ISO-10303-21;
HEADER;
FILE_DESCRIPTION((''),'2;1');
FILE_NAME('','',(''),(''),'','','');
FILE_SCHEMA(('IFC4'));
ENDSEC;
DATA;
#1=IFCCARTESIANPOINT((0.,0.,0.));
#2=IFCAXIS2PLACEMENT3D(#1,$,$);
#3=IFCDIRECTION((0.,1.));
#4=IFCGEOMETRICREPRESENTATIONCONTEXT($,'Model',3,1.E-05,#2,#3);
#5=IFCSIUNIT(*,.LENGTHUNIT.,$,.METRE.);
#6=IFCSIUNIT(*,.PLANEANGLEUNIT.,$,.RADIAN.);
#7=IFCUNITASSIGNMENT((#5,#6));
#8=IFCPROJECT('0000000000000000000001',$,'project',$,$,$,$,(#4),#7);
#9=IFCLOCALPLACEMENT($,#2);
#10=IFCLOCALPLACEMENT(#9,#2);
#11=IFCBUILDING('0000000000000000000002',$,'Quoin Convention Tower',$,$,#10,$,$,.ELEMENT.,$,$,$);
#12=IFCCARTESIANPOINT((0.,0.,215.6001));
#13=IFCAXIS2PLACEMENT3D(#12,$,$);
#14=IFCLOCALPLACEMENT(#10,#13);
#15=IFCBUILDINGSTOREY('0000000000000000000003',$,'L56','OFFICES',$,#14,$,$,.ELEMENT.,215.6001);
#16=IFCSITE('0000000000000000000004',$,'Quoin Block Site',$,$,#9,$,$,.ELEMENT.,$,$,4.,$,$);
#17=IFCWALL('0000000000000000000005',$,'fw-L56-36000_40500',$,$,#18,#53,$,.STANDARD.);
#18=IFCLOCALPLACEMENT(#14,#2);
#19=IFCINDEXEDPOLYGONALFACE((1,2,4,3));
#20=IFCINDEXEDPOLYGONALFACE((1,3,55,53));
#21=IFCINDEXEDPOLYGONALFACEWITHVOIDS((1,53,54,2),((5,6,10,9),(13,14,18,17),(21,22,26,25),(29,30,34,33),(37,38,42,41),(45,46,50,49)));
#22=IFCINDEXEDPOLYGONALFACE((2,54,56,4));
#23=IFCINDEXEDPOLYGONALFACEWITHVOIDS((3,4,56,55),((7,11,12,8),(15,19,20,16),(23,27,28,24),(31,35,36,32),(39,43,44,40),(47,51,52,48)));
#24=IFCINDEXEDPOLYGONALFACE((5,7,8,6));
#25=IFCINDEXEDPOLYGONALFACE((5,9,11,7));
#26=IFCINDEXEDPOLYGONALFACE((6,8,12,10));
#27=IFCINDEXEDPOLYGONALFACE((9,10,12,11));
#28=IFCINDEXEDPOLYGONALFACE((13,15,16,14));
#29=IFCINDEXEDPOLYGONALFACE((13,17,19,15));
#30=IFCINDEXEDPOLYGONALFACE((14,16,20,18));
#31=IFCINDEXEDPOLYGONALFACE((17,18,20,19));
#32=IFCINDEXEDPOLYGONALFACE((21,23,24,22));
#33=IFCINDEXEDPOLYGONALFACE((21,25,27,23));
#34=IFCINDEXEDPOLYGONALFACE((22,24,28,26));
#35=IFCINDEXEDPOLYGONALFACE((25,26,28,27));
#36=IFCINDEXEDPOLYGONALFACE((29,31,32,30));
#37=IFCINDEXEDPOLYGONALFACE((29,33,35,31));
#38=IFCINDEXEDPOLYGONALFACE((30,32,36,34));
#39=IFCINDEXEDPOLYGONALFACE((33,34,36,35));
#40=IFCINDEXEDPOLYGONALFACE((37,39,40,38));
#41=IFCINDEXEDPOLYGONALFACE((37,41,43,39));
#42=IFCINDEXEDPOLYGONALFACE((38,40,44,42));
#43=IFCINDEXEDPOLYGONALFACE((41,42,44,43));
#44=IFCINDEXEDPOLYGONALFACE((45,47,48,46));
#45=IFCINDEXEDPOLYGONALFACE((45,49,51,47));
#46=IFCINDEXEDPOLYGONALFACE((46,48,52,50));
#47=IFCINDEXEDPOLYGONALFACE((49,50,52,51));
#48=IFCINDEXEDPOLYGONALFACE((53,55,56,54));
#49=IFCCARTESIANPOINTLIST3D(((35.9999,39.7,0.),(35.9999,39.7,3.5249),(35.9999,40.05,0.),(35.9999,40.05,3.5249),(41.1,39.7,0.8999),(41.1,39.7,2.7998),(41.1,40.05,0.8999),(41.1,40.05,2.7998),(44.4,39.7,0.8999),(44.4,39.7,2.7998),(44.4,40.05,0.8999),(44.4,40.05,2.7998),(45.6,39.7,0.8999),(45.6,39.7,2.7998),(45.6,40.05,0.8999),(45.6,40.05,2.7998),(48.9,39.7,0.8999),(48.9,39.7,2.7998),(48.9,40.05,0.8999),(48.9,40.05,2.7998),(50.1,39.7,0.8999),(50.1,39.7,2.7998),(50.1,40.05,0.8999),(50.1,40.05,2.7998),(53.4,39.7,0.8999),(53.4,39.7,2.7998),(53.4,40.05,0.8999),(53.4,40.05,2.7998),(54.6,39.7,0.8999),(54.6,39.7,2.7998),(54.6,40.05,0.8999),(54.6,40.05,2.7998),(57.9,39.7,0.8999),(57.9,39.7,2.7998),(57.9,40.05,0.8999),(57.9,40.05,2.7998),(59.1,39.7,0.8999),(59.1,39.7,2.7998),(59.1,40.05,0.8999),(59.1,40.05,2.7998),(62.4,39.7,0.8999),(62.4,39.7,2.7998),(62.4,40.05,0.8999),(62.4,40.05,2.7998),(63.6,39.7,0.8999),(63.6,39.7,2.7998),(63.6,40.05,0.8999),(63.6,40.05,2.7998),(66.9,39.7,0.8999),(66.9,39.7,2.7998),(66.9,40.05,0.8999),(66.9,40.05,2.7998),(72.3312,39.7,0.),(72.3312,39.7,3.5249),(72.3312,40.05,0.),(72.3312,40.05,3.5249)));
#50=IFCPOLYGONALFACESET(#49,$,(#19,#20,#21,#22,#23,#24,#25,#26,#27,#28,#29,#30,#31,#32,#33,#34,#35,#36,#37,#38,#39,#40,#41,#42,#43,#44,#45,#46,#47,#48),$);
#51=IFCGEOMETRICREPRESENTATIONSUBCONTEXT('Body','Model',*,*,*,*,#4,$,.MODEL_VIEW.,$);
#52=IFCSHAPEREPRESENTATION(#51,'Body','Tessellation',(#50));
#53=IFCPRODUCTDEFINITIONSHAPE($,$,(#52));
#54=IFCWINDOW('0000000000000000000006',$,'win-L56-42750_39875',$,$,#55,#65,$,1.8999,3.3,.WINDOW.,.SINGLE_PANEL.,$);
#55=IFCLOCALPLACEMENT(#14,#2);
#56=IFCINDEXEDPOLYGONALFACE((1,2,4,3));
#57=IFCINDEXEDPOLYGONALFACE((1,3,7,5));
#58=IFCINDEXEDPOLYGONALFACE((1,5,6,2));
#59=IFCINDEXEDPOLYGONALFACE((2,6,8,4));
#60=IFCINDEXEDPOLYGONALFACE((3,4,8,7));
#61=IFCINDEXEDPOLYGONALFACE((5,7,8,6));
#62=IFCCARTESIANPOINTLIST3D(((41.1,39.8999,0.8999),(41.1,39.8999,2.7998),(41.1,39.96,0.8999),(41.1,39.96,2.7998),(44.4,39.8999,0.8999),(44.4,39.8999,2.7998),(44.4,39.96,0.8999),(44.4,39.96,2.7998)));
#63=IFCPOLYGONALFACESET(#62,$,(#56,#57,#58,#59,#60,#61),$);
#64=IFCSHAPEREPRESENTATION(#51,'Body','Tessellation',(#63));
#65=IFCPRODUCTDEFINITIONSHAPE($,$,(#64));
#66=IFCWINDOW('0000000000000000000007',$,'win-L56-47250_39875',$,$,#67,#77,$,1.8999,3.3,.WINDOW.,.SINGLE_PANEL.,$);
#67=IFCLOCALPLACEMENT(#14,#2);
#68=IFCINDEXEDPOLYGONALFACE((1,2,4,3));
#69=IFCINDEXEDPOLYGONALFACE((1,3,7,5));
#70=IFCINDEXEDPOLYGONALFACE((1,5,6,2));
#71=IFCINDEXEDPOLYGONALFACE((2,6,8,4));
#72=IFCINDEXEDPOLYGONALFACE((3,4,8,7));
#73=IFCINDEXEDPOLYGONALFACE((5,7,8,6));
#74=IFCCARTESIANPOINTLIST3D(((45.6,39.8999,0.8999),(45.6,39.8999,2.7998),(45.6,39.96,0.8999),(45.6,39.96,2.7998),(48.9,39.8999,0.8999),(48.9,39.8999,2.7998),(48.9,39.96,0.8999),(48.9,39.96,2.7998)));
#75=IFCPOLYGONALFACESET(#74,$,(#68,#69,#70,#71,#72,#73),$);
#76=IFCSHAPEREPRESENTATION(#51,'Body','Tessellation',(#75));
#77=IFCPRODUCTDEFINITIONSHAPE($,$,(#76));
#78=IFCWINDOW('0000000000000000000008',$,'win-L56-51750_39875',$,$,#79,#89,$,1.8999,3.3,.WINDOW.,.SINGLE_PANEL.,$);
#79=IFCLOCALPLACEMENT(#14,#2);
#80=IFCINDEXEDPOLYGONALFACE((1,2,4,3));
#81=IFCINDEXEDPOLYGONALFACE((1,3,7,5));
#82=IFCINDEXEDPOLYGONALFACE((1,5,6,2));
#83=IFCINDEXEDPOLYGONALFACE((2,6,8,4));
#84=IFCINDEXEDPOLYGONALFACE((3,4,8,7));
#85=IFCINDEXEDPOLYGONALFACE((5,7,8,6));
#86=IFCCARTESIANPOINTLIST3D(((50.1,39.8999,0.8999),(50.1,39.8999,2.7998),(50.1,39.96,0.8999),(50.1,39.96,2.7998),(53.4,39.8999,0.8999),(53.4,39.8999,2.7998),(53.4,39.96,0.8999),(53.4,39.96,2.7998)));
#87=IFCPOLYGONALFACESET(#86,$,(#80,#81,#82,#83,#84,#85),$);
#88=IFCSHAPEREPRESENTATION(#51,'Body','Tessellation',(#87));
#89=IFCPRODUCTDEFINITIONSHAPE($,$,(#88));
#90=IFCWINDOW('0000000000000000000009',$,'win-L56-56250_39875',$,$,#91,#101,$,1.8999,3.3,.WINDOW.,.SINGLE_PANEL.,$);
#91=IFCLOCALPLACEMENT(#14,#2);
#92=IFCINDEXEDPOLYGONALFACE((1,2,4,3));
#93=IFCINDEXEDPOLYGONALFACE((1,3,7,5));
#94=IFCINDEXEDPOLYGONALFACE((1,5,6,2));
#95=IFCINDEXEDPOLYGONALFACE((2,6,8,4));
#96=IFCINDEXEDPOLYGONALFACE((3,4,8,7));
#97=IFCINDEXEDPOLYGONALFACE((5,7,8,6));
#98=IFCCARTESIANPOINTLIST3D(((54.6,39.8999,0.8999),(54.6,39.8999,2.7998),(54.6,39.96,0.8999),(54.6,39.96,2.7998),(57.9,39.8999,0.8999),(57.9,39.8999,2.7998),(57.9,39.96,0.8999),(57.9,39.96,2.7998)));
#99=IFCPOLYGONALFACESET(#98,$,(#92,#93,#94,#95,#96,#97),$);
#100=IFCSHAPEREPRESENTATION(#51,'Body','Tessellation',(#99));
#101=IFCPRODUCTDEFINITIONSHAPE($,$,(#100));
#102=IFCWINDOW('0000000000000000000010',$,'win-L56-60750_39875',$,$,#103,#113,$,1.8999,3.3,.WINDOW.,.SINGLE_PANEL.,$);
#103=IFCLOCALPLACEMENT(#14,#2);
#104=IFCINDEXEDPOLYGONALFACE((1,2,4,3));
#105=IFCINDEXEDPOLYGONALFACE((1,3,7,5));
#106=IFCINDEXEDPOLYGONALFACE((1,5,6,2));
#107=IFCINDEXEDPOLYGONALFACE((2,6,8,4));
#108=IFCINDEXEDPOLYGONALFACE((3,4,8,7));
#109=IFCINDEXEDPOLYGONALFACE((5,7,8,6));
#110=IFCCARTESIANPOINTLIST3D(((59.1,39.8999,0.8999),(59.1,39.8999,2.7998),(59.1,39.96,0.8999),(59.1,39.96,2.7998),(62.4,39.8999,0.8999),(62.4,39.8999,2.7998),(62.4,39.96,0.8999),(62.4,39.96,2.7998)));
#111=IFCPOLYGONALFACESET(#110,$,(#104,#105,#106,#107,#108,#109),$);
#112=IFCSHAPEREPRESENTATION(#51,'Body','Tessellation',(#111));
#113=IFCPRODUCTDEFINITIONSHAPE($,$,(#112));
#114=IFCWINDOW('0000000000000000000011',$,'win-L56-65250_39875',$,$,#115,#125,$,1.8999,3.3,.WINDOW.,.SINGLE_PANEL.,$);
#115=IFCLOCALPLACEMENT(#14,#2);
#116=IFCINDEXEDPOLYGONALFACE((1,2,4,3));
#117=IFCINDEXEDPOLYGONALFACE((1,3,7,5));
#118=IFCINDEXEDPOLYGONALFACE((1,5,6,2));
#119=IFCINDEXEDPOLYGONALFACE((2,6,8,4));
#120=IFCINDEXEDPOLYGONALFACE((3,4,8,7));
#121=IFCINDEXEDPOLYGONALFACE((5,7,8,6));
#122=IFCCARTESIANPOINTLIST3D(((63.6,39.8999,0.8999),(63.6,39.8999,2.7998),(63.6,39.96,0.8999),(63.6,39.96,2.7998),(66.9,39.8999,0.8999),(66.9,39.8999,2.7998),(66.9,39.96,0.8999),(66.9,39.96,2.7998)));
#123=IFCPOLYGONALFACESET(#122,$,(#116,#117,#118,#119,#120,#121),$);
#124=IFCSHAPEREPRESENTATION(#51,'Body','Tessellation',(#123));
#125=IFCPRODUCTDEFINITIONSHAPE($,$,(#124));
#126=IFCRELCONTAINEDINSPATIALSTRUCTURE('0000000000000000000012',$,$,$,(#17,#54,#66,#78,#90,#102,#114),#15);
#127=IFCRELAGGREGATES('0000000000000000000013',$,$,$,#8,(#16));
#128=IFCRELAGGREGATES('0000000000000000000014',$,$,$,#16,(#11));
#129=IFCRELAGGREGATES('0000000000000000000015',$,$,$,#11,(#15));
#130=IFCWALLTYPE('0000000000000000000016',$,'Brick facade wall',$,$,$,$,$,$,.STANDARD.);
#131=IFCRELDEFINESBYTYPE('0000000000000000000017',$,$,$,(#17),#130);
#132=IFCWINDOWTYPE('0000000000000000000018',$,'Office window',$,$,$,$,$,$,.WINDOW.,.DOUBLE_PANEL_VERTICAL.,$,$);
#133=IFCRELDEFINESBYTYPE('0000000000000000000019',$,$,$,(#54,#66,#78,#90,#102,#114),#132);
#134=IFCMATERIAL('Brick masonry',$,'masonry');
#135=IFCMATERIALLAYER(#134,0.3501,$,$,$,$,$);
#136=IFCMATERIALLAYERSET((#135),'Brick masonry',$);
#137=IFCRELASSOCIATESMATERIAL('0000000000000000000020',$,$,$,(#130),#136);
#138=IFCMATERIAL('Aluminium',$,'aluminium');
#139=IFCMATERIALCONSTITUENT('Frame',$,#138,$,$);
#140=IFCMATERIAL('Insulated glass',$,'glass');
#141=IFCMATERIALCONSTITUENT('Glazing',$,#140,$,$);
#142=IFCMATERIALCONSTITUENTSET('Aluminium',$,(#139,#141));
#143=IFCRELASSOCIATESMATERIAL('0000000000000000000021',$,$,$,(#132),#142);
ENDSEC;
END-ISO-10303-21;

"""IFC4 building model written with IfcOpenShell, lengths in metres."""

from ifc_helpers import new_model, si_unit, direction, frame, frame_2d, origin, place, context, subcontext, project, spatial, rectangle, extrude, material, layer, layer_set, constituent, constituent_set, type_object, element, fill, save


model = new_model("IFC4")

# Units and contexts
model_context = context("Model", 3, precision=1e-05, world=origin(), true_north=direction((0.0, 1.0)))
body_context = subcontext(model_context, "Body", "Model", "MODEL_VIEW")
ifc_project = project(units=[si_unit("LENGTHUNIT", "METRE"), si_unit("PLANEANGLEUNIT", "RADIAN")], contexts=[model_context])

# Site, building, storey
site_placement = place(None, origin())
site = spatial("IfcSite", under=ifc_project, at=site_placement, Name="Quoin Block Site", CompositionType="ELEMENT", RefElevation=4.0)
building_placement = place(site_placement, origin())
building = spatial("IfcBuilding", under=site, at=building_placement, Name="Quoin Convention Tower", CompositionType="ELEMENT")
storey_placement = place(building_placement, frame((0.0, 0.0, 215.6001)))
storey = spatial("IfcBuildingStorey", under=building, at=storey_placement, Name="L56", Description="OFFICES", CompositionType="ELEMENT", Elevation=215.6001)

# Wall, openings, windows
ifc_material_1 = material(Name="Brick masonry", Category="masonry")
ifc_layer_1 = layer(ifc_material_1, 0.3501)
ifc_layer_set_1 = layer_set([ifc_layer_1], Name="Brick masonry")
wall_type = type_object("IfcWallType", Name="Brick facade wall", PredefinedType="STANDARD", material=ifc_layer_set_1)
wall_1_placement = place(storey_placement, frame((36.0, 39.875, 0.0), z_axis=(0.0, 0.0, 1.0), x_axis=(1.0, 0.0, 0.0)))
wall_1 = element("IfcWall", 1, at=wall_1_placement, inside=storey, type_object=wall_type, Name="fw-L56-36000_40500", PredefinedType="STANDARD", context=body_context, shape_type="SweptSolid", body=[
    extrude(rectangle(XDim=36.3313, YDim=0.3501, at=frame_2d((18.1655, 0.0))), origin(), (0.0, 0.0, 1.0), 3.5249),
])
opening_1_placement = place(wall_1_placement, frame((5.1001, 0.0, 0.8999)))
opening_1 = element("IfcOpeningElement", 2, at=opening_1_placement, cuts=wall_1, PredefinedType="OPENING", context=body_context, shape_type="SweptSolid", body=[
    extrude(rectangle(XDim=3.3, YDim=1.8999, at=frame_2d((1.6499, 0.95))), frame((0.0, 0.1851, 0.0), z_axis=(0.0, -1.0, 0.0), x_axis=(1.0, 0.0, 0.0)), (0.0, 0.0, 1.0), 0.3701),
])
opening_2_placement = place(wall_1_placement, frame((9.6001, 0.0, 0.8999)))
opening_2 = element("IfcOpeningElement", 3, at=opening_2_placement, cuts=wall_1, PredefinedType="OPENING", context=body_context, shape_type="SweptSolid", body=[
    extrude(rectangle(XDim=3.3, YDim=1.8999, at=frame_2d((1.6499, 0.95))), frame((0.0, 0.1851, 0.0), z_axis=(0.0, -1.0, 0.0), x_axis=(1.0, 0.0, 0.0)), (0.0, 0.0, 1.0), 0.3701),
])
opening_3_placement = place(wall_1_placement, frame((14.1001, 0.0, 0.8999)))
opening_3 = element("IfcOpeningElement", 4, at=opening_3_placement, cuts=wall_1, PredefinedType="OPENING", context=body_context, shape_type="SweptSolid", body=[
    extrude(rectangle(XDim=3.3, YDim=1.8999, at=frame_2d((1.6499, 0.95))), frame((0.0, 0.1851, 0.0), z_axis=(0.0, -1.0, 0.0), x_axis=(1.0, 0.0, 0.0)), (0.0, 0.0, 1.0), 0.3701),
])
opening_4_placement = place(wall_1_placement, frame((18.6001, 0.0, 0.8999)))
opening_4 = element("IfcOpeningElement", 5, at=opening_4_placement, cuts=wall_1, PredefinedType="OPENING", context=body_context, shape_type="SweptSolid", body=[
    extrude(rectangle(XDim=3.3, YDim=1.8999, at=frame_2d((1.6499, 0.95))), frame((0.0, 0.1851, 0.0), z_axis=(0.0, -1.0, 0.0), x_axis=(1.0, 0.0, 0.0)), (0.0, 0.0, 1.0), 0.3701),
])
opening_5_placement = place(wall_1_placement, frame((23.1001, 0.0, 0.8999)))
opening_5 = element("IfcOpeningElement", 6, at=opening_5_placement, cuts=wall_1, PredefinedType="OPENING", context=body_context, shape_type="SweptSolid", body=[
    extrude(rectangle(XDim=3.3, YDim=1.8999, at=frame_2d((1.6499, 0.95))), frame((0.0, 0.1851, 0.0), z_axis=(0.0, -1.0, 0.0), x_axis=(1.0, 0.0, 0.0)), (0.0, 0.0, 1.0), 0.3701),
])
opening_6_placement = place(wall_1_placement, frame((27.6001, 0.0, 0.8999)))
opening_6 = element("IfcOpeningElement", 7, at=opening_6_placement, cuts=wall_1, PredefinedType="OPENING", context=body_context, shape_type="SweptSolid", body=[
    extrude(rectangle(XDim=3.3, YDim=1.8999, at=frame_2d((1.6499, 0.95))), frame((0.0, 0.1851, 0.0), z_axis=(0.0, -1.0, 0.0), x_axis=(1.0, 0.0, 0.0)), (0.0, 0.0, 1.0), 0.3701),
])
ifc_material_2 = material(Name="Aluminium", Category="aluminium")
ifc_constituent_1 = constituent(ifc_material_2, Name="Frame")
ifc_material_3 = material(Name="Insulated glass", Category="glass")
ifc_constituent_2 = constituent(ifc_material_3, Name="Glazing")
ifc_constituent_set = constituent_set(constituents=[ifc_constituent_1, ifc_constituent_2], Name="Aluminium")
window_type = type_object("IfcWindowType", Name="Office window", PartitioningType="DOUBLE_PANEL_VERTICAL", PredefinedType="WINDOW", material=ifc_constituent_set)
window_1_placement = place(opening_1_placement, origin())
window_1 = element("IfcWindow", 8, at=window_1_placement, inside=storey, type_object=window_type, Name="win-L56-42750_39875", OverallHeight=1.8999, OverallWidth=3.3, PartitioningType="SINGLE_PANEL", PredefinedType="WINDOW", context=body_context, shape_type="SweptSolid", body=[
    extrude(rectangle(XDim=3.3, YDim=1.8999, at=frame_2d((1.6499, 0.95))), frame((0.0, 0.085, 0.0), z_axis=(0.0, -1.0, 0.0), x_axis=(1.0, 0.0, 0.0)), (0.0, 0.0, 1.0), 0.0601),
])
fill(opening_1, window_1)
window_2_placement = place(opening_2_placement, origin())
window_2 = element("IfcWindow", 9, at=window_2_placement, inside=storey, type_object=window_type, Name="win-L56-47250_39875", OverallHeight=1.8999, OverallWidth=3.3, PartitioningType="SINGLE_PANEL", PredefinedType="WINDOW", context=body_context, shape_type="SweptSolid", body=[
    extrude(rectangle(XDim=3.3, YDim=1.8999, at=frame_2d((1.6499, 0.95))), frame((0.0, 0.085, 0.0), z_axis=(0.0, -1.0, 0.0), x_axis=(1.0, 0.0, 0.0)), (0.0, 0.0, 1.0), 0.0601),
])
fill(opening_2, window_2)
window_3_placement = place(opening_3_placement, origin())
window_3 = element("IfcWindow", 10, at=window_3_placement, inside=storey, type_object=window_type, Name="win-L56-51750_39875", OverallHeight=1.8999, OverallWidth=3.3, PartitioningType="SINGLE_PANEL", PredefinedType="WINDOW", context=body_context, shape_type="SweptSolid", body=[
    extrude(rectangle(XDim=3.3, YDim=1.8999, at=frame_2d((1.6499, 0.95))), frame((0.0, 0.085, 0.0), z_axis=(0.0, -1.0, 0.0), x_axis=(1.0, 0.0, 0.0)), (0.0, 0.0, 1.0), 0.0601),
])
fill(opening_3, window_3)
window_4_placement = place(opening_4_placement, origin())
window_4 = element("IfcWindow", 11, at=window_4_placement, inside=storey, type_object=window_type, Name="win-L56-56250_39875", OverallHeight=1.8999, OverallWidth=3.3, PartitioningType="SINGLE_PANEL", PredefinedType="WINDOW", context=body_context, shape_type="SweptSolid", body=[
    extrude(rectangle(XDim=3.3, YDim=1.8999, at=frame_2d((1.6499, 0.95))), frame((0.0, 0.085, 0.0), z_axis=(0.0, -1.0, 0.0), x_axis=(1.0, 0.0, 0.0)), (0.0, 0.0, 1.0), 0.0601),
])
fill(opening_4, window_4)
window_5_placement = place(opening_5_placement, origin())
window_5 = element("IfcWindow", 12, at=window_5_placement, inside=storey, type_object=window_type, Name="win-L56-60750_39875", OverallHeight=1.8999, OverallWidth=3.3, PartitioningType="SINGLE_PANEL", PredefinedType="WINDOW", context=body_context, shape_type="SweptSolid", body=[
    extrude(rectangle(XDim=3.3, YDim=1.8999, at=frame_2d((1.6499, 0.95))), frame((0.0, 0.085, 0.0), z_axis=(0.0, -1.0, 0.0), x_axis=(1.0, 0.0, 0.0)), (0.0, 0.0, 1.0), 0.0601),
])
fill(opening_5, window_5)
window_6_placement = place(opening_6_placement, origin())
window_6 = element("IfcWindow", 13, at=window_6_placement, inside=storey, type_object=window_type, Name="win-L56-65250_39875", OverallHeight=1.8999, OverallWidth=3.3, PartitioningType="SINGLE_PANEL", PredefinedType="WINDOW", context=body_context, shape_type="SweptSolid", body=[
    extrude(rectangle(XDim=3.3, YDim=1.8999, at=frame_2d((1.6499, 0.95))), frame((0.0, 0.085, 0.0), z_axis=(0.0, -1.0, 0.0), x_axis=(1.0, 0.0, 0.0)), (0.0, 0.0, 1.0), 0.0601),
])
fill(opening_6, window_6)

save(model, "model.ifc")
